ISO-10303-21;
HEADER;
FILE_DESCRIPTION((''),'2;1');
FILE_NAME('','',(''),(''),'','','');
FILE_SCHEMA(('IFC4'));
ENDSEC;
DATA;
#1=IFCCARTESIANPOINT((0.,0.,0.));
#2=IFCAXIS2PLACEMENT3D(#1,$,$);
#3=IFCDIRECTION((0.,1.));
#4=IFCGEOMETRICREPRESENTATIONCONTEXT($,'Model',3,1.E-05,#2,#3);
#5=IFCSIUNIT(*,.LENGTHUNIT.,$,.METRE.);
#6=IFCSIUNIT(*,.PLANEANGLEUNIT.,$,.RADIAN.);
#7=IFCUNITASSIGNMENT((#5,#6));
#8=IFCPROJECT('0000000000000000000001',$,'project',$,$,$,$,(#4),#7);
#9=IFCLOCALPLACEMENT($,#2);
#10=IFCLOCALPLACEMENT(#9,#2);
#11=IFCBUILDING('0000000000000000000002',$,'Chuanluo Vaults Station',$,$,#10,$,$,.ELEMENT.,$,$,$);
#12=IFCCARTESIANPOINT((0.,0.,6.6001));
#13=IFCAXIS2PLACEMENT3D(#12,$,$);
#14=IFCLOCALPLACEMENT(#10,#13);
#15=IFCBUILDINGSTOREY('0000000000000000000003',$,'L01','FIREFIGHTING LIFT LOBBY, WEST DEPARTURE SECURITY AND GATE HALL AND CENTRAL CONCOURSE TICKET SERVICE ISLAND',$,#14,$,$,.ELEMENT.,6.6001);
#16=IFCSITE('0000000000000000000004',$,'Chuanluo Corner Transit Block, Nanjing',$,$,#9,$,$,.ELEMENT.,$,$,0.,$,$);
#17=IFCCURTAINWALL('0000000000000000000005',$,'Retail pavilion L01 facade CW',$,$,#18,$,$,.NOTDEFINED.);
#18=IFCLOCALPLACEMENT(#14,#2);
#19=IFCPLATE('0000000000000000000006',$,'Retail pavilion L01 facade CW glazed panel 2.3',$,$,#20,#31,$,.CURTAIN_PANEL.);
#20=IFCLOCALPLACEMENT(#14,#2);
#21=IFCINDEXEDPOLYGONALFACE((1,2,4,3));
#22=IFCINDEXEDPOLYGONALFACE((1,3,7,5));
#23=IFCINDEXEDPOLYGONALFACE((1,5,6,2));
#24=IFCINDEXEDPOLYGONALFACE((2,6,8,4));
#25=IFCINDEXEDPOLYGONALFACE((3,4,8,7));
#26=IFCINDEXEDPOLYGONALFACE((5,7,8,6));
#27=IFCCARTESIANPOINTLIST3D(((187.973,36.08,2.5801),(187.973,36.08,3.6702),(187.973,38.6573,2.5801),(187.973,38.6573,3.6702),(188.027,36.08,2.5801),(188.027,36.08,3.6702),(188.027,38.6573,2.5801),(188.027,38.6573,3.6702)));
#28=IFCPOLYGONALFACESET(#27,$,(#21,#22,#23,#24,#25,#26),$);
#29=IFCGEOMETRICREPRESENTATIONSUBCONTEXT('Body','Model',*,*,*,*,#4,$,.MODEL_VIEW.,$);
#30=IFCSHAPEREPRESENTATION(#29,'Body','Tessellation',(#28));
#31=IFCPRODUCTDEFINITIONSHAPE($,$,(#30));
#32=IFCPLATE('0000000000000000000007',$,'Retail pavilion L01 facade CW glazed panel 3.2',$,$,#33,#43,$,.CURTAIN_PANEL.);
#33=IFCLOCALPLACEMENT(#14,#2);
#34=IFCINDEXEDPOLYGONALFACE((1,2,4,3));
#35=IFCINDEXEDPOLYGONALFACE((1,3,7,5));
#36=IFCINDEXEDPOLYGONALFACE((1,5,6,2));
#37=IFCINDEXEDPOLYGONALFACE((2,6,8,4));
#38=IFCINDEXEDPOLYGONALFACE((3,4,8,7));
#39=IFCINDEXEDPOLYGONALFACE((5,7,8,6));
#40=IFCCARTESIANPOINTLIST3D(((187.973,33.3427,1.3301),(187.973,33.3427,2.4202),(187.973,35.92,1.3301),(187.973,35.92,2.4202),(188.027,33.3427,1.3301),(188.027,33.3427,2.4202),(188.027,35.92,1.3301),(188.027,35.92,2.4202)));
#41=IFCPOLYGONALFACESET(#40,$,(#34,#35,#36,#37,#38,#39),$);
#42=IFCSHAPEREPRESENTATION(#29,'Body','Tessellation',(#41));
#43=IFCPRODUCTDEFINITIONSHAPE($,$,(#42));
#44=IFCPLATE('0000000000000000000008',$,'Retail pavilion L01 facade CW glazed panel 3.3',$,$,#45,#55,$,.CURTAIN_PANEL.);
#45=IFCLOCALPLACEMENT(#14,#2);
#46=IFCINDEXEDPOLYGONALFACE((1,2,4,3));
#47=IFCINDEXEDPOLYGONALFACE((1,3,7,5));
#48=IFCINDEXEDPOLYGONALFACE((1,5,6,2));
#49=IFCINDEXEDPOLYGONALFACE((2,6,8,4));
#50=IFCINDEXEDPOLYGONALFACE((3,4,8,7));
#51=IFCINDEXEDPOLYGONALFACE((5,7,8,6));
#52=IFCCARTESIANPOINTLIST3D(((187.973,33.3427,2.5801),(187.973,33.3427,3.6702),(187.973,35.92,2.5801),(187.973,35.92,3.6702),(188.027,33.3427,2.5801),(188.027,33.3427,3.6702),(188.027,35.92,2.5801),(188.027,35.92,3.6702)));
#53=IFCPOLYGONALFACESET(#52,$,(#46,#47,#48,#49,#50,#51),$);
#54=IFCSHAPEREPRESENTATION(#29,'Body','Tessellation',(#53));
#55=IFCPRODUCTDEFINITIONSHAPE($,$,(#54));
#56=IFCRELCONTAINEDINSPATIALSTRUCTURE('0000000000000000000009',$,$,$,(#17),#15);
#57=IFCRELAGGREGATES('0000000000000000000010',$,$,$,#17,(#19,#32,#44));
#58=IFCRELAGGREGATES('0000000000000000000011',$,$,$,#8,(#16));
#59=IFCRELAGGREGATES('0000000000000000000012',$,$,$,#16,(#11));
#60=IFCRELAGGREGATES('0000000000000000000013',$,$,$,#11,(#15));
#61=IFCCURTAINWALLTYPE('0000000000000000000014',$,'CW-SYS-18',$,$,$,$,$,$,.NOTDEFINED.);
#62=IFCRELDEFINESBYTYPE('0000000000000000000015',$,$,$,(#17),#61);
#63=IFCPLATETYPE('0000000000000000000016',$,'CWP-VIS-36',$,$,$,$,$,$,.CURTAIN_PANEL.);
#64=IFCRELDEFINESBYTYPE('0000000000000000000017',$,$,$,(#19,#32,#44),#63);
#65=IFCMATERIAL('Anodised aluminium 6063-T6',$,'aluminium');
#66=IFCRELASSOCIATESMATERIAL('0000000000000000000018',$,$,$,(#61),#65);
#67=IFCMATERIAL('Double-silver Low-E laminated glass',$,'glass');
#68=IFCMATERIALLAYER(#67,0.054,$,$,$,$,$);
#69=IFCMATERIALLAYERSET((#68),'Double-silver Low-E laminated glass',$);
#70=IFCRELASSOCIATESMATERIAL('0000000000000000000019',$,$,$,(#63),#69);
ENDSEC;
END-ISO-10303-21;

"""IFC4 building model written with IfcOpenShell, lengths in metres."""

from ifc_helpers import new_model, si_unit, direction, frame, origin, origin_2d, place, context, subcontext, project, spatial, rectangle, extrude, material, layer, layer_set, type_object, element, aggregate, save


model = new_model("IFC4")

# Units and contexts
model_context = context("Model", 3, precision=1e-05, world=origin(), true_north=direction((0.0, 1.0)))
body_context = subcontext(model_context, "Body", "Model", "MODEL_VIEW")
ifc_project = project(units=[si_unit("LENGTHUNIT", "METRE"), si_unit("PLANEANGLEUNIT", "RADIAN")], contexts=[model_context])

# Site, building, storey
site_placement = place(None, origin())
site = spatial("IfcSite", under=ifc_project, at=site_placement, Name="Chuanluo Corner Transit Block, Nanjing", CompositionType="ELEMENT", RefElevation=0.0)
building_placement = place(site_placement, origin())
building = spatial("IfcBuilding", under=site, at=building_placement, Name="Chuanluo Vaults Station", CompositionType="ELEMENT")
storey_placement = place(building_placement, frame((0.0, 0.0, 6.6001)))
storey = spatial("IfcBuildingStorey", under=building, at=storey_placement, Name="L01", Description="FIREFIGHTING LIFT LOBBY, WEST DEPARTURE SECURITY AND GATE HALL AND CENTRAL CONCOURSE TICKET SERVICE ISLAND", CompositionType="ELEMENT", Elevation=6.6001)

# Curtain wall, plates
ifc_material_1 = material(Name="Anodised aluminium 6063-T6", Category="aluminium")
curtain_wall_type = type_object("IfcCurtainWallType", Name="CW-SYS-18", PredefinedType="NOTDEFINED", material=ifc_material_1)
curtain_wall_placement = place(storey_placement, origin())
curtain_wall = element("IfcCurtainWall", 1, at=curtain_wall_placement, inside=storey, type_object=curtain_wall_type, Name="Retail pavilion L01 facade CW", PredefinedType="NOTDEFINED")
ifc_material_2 = material(Name="Double-silver Low-E laminated glass", Category="glass")
ifc_layer_1 = layer(ifc_material_2, 0.054)
ifc_layer_set_1 = layer_set([ifc_layer_1], Name="Double-silver Low-E laminated glass")
plate_type_1 = type_object("IfcPlateType", Name="CWP-VIS-36", PredefinedType="CURTAIN_PANEL", material=ifc_layer_set_1)
plate_1_placement = place(storey_placement, frame((188.0, 37.3687, 2.5801), z_axis=(0.0, 0.0, 1.0), x_axis=(0.0, -1.0, 0.0)))
plate_1 = element("IfcPlate", 2, at=plate_1_placement, type_object=plate_type_1, Name="Retail pavilion L01 facade CW glazed panel 2.3", PredefinedType="CURTAIN_PANEL", context=body_context, shape_type="SweptSolid", body=[
    extrude(rectangle(XDim=2.5774, YDim=0.054, at=origin_2d()), origin(), (0.0, 0.0, 1.0), 1.0901),
])
plate_2_placement = place(storey_placement, frame((188.0, 34.6313, 1.3301), z_axis=(0.0, 0.0, 1.0), x_axis=(0.0, -1.0, 0.0)))
plate_2 = element("IfcPlate", 3, at=plate_2_placement, type_object=plate_type_1, Name="Retail pavilion L01 facade CW glazed panel 3.2", PredefinedType="CURTAIN_PANEL", context=body_context, shape_type="SweptSolid", body=[
    extrude(rectangle(XDim=2.5774, YDim=0.054, at=origin_2d()), origin(), (0.0, 0.0, 1.0), 1.0901),
])
plate_3_placement = place(storey_placement, frame((188.0, 34.6313, 2.5801), z_axis=(0.0, 0.0, 1.0), x_axis=(0.0, -1.0, 0.0)))
plate_3 = element("IfcPlate", 4, at=plate_3_placement, type_object=plate_type_1, Name="Retail pavilion L01 facade CW glazed panel 3.3", PredefinedType="CURTAIN_PANEL", context=body_context, shape_type="SweptSolid", body=[
    extrude(rectangle(XDim=2.5774, YDim=0.054, at=origin_2d()), origin(), (0.0, 0.0, 1.0), 1.0901),
])
aggregate(curtain_wall, [plate_1, plate_2, plate_3])

save(model, "model.ifc")
